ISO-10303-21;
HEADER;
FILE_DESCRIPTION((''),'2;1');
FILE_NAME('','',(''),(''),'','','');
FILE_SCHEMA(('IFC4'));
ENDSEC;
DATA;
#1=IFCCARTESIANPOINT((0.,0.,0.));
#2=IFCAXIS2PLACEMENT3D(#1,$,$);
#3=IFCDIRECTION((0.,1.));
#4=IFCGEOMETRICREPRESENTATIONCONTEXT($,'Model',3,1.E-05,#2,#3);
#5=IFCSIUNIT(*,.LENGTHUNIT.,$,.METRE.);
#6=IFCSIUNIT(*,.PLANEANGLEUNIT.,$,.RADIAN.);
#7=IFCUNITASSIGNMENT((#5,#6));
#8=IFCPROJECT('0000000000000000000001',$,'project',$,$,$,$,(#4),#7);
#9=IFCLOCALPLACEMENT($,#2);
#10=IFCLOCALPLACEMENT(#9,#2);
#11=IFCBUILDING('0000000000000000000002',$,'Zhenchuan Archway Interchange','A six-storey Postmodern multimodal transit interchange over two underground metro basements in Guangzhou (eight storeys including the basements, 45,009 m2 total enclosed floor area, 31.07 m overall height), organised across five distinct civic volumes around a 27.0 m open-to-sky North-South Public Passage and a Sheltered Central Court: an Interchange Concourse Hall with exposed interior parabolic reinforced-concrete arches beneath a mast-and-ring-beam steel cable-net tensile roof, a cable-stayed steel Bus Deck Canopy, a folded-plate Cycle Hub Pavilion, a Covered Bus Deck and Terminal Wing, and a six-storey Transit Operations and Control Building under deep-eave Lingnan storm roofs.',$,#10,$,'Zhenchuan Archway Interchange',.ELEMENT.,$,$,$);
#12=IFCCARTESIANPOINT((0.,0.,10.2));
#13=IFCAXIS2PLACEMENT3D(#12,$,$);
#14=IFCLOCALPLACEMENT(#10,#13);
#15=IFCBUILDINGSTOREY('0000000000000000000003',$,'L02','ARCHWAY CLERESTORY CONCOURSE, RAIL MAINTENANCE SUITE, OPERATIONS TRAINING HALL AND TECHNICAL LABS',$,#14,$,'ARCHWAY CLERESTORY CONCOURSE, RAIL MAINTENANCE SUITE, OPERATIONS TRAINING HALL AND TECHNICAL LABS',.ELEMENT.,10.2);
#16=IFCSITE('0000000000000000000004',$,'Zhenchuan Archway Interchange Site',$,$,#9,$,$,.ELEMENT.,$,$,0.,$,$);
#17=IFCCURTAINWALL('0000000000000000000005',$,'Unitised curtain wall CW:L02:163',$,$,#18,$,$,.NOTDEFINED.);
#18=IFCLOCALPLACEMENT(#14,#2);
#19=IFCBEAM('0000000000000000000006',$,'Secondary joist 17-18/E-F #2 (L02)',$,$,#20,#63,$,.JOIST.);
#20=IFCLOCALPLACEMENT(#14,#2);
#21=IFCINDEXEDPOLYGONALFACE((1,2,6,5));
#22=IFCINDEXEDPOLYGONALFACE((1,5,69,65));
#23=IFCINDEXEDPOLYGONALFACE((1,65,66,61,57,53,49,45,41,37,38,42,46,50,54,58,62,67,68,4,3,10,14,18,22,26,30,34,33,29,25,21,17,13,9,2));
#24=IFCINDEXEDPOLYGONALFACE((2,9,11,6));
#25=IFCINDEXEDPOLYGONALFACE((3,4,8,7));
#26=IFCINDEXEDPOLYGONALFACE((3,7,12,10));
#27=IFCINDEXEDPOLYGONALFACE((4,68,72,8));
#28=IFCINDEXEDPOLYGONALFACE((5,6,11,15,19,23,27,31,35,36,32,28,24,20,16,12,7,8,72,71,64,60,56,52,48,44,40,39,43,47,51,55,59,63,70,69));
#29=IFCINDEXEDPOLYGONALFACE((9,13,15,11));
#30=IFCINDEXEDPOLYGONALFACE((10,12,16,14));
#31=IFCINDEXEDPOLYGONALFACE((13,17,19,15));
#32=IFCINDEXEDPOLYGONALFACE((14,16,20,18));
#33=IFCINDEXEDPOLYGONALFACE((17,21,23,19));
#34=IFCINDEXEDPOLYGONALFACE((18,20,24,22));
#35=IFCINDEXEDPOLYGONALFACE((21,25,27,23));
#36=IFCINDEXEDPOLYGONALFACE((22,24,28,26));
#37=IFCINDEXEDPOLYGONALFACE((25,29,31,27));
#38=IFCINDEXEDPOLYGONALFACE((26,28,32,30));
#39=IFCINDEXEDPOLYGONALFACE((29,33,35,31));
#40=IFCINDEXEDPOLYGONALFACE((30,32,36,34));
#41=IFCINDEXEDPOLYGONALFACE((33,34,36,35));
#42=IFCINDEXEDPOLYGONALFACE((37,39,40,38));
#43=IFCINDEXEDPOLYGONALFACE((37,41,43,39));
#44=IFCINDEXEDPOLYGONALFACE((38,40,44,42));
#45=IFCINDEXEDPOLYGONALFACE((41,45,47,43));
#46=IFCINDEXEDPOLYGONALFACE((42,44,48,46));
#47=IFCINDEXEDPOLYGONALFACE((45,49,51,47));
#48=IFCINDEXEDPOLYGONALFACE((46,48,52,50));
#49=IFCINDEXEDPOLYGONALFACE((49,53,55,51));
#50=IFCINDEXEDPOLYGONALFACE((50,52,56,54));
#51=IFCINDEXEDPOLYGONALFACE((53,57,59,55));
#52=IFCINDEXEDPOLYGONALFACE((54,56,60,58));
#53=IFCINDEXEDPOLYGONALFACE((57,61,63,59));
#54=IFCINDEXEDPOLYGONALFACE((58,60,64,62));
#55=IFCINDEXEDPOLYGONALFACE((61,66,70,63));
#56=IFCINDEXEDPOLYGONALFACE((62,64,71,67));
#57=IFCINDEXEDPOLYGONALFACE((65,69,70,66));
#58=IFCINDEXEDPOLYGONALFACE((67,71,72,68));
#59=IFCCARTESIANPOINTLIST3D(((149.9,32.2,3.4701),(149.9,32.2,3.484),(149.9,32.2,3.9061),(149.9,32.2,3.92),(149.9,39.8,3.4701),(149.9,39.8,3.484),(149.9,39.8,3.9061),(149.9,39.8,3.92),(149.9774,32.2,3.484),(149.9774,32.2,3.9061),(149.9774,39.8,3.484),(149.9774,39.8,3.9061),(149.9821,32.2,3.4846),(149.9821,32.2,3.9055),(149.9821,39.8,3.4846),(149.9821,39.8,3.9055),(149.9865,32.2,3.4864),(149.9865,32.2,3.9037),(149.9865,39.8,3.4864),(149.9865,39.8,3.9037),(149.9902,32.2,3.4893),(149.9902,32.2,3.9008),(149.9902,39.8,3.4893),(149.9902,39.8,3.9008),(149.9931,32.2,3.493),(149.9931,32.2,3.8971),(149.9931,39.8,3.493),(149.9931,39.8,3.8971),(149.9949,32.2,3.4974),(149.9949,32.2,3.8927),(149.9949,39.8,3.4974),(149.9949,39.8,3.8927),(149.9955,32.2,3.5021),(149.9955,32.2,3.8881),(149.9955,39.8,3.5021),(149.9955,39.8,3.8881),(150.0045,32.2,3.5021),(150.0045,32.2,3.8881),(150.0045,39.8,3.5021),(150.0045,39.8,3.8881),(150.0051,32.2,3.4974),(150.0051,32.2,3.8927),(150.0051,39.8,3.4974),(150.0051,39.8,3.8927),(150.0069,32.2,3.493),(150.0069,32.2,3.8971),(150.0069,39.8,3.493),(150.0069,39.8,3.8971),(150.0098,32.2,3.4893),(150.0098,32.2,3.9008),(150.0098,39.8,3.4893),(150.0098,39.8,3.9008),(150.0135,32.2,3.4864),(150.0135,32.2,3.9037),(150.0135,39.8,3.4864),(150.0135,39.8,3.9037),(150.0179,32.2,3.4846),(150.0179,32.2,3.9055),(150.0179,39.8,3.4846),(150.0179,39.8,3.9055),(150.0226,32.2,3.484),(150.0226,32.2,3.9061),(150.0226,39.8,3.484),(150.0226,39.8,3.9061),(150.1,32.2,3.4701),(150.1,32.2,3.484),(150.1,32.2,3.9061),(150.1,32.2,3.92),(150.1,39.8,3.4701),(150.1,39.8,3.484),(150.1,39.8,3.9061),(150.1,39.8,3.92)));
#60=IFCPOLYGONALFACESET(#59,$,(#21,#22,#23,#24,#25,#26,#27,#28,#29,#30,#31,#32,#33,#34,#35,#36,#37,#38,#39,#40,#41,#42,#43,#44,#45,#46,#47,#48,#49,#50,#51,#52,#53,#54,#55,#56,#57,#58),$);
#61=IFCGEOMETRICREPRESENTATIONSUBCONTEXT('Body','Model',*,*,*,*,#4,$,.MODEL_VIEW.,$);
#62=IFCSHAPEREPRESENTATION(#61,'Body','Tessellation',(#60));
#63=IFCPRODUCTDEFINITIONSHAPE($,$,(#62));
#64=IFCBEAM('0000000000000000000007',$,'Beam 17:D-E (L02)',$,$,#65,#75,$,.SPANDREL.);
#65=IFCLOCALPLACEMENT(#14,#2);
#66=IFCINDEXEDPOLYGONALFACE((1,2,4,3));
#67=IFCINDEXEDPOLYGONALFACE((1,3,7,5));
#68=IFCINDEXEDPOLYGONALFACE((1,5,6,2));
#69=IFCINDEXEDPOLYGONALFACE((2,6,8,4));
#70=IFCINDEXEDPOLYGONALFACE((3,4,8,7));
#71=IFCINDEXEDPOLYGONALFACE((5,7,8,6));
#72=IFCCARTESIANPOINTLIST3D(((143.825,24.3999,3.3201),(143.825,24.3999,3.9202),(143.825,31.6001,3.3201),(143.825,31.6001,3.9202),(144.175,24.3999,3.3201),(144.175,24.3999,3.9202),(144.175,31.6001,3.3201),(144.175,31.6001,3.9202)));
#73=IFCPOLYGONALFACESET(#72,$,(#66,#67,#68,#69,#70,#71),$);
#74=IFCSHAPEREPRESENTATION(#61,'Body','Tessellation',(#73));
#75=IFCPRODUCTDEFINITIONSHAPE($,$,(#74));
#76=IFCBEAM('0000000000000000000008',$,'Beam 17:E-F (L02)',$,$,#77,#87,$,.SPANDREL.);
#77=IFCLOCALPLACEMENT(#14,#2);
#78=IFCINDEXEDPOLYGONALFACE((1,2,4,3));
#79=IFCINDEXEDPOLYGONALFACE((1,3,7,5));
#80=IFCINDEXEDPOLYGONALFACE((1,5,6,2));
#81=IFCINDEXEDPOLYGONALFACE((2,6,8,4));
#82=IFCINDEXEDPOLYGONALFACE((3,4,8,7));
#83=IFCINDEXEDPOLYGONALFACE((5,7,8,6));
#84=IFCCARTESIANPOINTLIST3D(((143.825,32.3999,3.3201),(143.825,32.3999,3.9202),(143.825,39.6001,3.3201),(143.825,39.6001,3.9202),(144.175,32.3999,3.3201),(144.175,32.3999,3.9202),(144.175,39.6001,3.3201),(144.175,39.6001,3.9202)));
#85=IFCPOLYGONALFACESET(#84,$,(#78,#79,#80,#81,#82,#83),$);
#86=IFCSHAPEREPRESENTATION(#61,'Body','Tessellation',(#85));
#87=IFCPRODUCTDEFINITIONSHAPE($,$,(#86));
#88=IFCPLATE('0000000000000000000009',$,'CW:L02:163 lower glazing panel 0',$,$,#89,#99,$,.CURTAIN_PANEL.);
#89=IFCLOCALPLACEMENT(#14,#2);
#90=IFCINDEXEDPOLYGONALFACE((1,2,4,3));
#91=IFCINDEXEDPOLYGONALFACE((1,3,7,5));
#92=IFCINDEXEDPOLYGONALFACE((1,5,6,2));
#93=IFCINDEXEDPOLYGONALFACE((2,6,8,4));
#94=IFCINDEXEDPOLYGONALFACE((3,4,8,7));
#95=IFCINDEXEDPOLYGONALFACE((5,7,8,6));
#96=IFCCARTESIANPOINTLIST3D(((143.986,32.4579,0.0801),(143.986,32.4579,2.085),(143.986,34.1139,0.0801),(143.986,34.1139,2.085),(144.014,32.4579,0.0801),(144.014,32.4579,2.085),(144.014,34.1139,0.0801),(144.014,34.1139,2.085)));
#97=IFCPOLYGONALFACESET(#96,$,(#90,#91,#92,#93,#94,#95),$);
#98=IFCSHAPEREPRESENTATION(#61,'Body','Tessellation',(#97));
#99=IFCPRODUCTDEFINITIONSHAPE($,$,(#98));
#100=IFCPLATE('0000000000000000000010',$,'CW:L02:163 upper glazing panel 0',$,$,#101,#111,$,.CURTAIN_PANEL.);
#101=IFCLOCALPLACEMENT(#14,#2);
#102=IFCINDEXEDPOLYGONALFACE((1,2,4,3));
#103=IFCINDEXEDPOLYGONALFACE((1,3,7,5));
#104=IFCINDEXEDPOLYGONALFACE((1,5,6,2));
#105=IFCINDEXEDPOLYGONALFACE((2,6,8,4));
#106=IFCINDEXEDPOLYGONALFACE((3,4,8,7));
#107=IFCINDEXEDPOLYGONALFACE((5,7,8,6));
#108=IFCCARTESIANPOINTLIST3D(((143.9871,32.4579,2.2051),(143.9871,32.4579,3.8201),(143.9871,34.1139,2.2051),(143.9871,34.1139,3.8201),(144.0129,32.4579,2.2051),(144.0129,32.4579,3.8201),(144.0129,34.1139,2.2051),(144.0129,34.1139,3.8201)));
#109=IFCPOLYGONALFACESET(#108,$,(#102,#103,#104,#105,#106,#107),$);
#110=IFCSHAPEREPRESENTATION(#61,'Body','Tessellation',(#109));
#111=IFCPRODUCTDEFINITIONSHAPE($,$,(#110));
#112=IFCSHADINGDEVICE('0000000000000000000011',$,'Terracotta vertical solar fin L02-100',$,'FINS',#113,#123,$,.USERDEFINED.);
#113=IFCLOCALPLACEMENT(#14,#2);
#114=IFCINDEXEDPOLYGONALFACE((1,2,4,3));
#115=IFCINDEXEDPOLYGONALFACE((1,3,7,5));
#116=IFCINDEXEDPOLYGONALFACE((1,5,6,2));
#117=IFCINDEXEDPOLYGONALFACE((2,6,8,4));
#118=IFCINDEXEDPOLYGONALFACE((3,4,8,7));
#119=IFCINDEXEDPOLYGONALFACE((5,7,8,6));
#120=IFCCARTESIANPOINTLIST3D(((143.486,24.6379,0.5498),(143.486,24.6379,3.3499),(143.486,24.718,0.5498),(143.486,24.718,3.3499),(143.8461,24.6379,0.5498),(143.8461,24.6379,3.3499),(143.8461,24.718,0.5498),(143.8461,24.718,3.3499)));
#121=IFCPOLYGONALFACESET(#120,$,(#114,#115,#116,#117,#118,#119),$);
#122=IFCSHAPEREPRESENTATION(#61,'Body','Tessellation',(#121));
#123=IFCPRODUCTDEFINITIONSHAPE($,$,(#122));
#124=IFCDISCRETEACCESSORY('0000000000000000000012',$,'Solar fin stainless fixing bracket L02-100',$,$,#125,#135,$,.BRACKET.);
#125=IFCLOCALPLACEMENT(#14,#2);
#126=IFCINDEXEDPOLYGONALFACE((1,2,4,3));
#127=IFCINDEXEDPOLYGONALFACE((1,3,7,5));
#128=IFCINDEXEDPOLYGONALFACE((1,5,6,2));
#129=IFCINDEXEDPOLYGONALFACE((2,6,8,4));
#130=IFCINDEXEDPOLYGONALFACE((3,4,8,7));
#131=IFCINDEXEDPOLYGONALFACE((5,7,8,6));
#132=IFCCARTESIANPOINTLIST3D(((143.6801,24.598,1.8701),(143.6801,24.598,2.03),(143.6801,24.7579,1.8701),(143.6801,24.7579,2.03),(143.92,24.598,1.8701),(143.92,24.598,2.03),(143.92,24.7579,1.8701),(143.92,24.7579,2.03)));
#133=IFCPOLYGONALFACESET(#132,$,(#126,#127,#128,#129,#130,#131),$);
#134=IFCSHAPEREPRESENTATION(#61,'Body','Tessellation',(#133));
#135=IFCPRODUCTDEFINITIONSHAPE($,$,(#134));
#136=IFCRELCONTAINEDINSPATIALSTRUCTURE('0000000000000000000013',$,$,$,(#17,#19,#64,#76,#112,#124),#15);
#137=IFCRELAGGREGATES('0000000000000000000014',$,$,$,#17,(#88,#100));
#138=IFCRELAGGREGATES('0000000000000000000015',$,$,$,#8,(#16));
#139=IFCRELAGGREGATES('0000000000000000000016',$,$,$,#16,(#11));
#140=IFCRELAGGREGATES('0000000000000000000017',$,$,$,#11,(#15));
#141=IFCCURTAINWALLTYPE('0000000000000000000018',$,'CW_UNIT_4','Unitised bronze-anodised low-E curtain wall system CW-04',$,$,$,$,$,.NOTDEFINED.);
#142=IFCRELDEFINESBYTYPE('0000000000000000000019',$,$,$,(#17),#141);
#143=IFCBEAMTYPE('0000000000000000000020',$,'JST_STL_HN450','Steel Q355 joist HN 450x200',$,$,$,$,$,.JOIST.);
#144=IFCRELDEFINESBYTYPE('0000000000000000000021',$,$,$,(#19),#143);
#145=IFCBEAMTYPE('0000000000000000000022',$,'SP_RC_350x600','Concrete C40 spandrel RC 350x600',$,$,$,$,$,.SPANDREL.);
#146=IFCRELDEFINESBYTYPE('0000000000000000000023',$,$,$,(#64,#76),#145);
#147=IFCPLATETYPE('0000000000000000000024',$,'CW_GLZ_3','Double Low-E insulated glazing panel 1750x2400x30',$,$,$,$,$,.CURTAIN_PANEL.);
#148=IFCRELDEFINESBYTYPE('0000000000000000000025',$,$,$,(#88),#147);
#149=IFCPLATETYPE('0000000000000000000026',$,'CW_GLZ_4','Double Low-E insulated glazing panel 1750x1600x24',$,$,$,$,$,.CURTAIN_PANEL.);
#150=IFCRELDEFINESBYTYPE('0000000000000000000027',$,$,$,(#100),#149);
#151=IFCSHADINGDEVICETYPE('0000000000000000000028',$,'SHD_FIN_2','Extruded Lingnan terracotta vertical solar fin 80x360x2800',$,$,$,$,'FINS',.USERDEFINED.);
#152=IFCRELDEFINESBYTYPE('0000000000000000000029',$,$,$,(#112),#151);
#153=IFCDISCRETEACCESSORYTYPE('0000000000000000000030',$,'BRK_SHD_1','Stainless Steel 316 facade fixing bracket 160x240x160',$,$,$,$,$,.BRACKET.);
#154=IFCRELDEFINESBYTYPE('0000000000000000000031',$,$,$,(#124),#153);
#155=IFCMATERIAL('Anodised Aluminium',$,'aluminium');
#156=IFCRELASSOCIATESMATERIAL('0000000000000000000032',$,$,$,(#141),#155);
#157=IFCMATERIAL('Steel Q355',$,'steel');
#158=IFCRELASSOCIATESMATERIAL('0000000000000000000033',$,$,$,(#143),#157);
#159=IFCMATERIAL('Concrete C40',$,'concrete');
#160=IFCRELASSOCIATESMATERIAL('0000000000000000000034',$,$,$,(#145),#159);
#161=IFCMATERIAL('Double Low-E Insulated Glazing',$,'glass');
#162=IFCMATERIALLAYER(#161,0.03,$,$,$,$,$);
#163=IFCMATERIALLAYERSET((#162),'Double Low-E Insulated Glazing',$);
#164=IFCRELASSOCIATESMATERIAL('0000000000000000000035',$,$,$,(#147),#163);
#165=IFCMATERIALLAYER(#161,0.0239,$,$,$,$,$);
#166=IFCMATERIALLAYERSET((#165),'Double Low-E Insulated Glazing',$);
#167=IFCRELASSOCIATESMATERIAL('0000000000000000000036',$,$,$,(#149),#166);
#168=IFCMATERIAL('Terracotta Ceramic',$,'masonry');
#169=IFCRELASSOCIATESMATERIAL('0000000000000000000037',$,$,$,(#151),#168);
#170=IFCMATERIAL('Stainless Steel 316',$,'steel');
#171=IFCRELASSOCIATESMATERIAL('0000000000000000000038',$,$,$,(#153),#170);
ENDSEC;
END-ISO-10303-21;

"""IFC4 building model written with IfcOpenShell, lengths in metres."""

from ifc_helpers import new_model, si_unit, direction, frame, origin, origin_2d, place, context, subcontext, project, spatial, rectangle, i_section, extrude, material, layer, layer_set, material_profile, profile_set, type_object, element, aggregate, save


model = new_model("IFC4")

# Units and contexts
model_context = context("Model", 3, precision=1e-05, world=origin(), true_north=direction((0.0, 1.0)))
body_context = subcontext(model_context, "Body", "Model", "MODEL_VIEW")
ifc_project = project(units=[si_unit("LENGTHUNIT", "METRE"), si_unit("PLANEANGLEUNIT", "RADIAN")], contexts=[model_context])

# Site, building, storey
site_placement = place(None, origin())
site = spatial("IfcSite", under=ifc_project, at=site_placement, Name="Zhenchuan Archway Interchange Site", CompositionType="ELEMENT", RefElevation=0.0)
building_placement = place(site_placement, origin())
building = spatial("IfcBuilding", under=site, at=building_placement, Name="Zhenchuan Archway Interchange", Description="A six-storey Postmodern multimodal transit interchange over two underground metro basements in Guangzhou (eight storeys including the basements, 45,009 m2 total enclosed floor area, 31.07 m overall height), organised across five distinct civic volumes around a 27.0 m open-to-sky North-South Public Passage and a Sheltered Central Court: an Interchange Concourse Hall with exposed interior parabolic reinforced-concrete arches beneath a mast-and-ring-beam steel cable-net tensile roof, a cable-stayed steel Bus Deck Canopy, a folded-plate Cycle Hub Pavilion, a Covered Bus Deck and Terminal Wing, and a six-storey Transit Operations and Control Building under deep-eave Lingnan storm roofs.", LongName="Zhenchuan Archway Interchange", CompositionType="ELEMENT")
storey_placement = place(building_placement, frame((0.0, 0.0, 10.2)))
storey = spatial("IfcBuildingStorey", under=building, at=storey_placement, Name="L02", Description="ARCHWAY CLERESTORY CONCOURSE, RAIL MAINTENANCE SUITE, OPERATIONS TRAINING HALL AND TECHNICAL LABS", LongName="ARCHWAY CLERESTORY CONCOURSE, RAIL MAINTENANCE SUITE, OPERATIONS TRAINING HALL AND TECHNICAL LABS", CompositionType="ELEMENT", Elevation=10.2)

# Shared definitions
ifc_material_1 = material(Name="Concrete C40", Category="concrete")

# Curtain wall
ifc_material_2 = material(Name="Anodised Aluminium", Category="aluminium")
curtain_wall_type = type_object("IfcCurtainWallType", Name="CW_UNIT_4", Description="Unitised bronze-anodised low-E curtain wall system CW-04", PredefinedType="NOTDEFINED", material=ifc_material_2)
curtain_wall_placement = place(storey_placement, origin())
curtain_wall = element("IfcCurtainWall", 1, at=curtain_wall_placement, inside=storey, type_object=curtain_wall_type, Name="Unitised curtain wall CW:L02:163", PredefinedType="NOTDEFINED")

# Beams
ifc_material_3 = material(Name="Steel Q355", Category="steel")
ifc_material_profile_1 = material_profile(ifc_material_3, i_section(OverallWidth=0.2, OverallDepth=0.45, WebThickness=0.009, FlangeThickness=0.0139, FilletRadius=0.0181, at=origin_2d()), Name="HN 450x200")
ifc_profile_set_1 = profile_set([ifc_material_profile_1], Name="Steel Q355")
beam_type_1 = type_object("IfcBeamType", Name="JST_STL_HN450", Description="Steel Q355 joist HN 450x200", PredefinedType="JOIST", material=ifc_profile_set_1)
for number, where, z_axis, x_axis, name in (
    (2, (150.0, 32.2, 3.6951), (0.0, 1.0, 0.0), (-1.0, 0.0, 0.0), "Secondary joist 17-18/E-F #2 (L02)"),
):
    element("IfcBeam", number, at=place(storey_placement, frame(where, z_axis=z_axis, x_axis=x_axis)), inside=storey, type_object=beam_type_1, Name=name, PredefinedType="JOIST", context=body_context, shape_type="SweptSolid", body=[
        extrude(i_section(OverallWidth=0.2, OverallDepth=0.45, WebThickness=0.009, FlangeThickness=0.0139, FilletRadius=0.0181, at=origin_2d()), origin(), (0.0, 0.0, 1.0), 7.6001),
    ])
ifc_material_profile_2 = material_profile(ifc_material_1, rectangle(XDim=0.3501, YDim=0.6001, at=origin_2d()), Name="RC 350x600")
ifc_profile_set_2 = profile_set([ifc_material_profile_2], Name="Concrete C40")
beam_type_2 = type_object("IfcBeamType", Name="SP_RC_350x600", Description="Concrete C40 spandrel RC 350x600", PredefinedType="SPANDREL", material=ifc_profile_set_2)
for number, where, z_axis, x_axis, name in (
    (3, (144.0, 24.3999, 3.6201), (0.0, 1.0, 0.0), (-1.0, 0.0, 0.0), "Beam 17:D-E (L02)"),
    (4, (144.0, 32.3999, 3.6201), (0.0, 1.0, 0.0), (-1.0, 0.0, 0.0), "Beam 17:E-F (L02)"),
):
    element("IfcBeam", number, at=place(storey_placement, frame(where, z_axis=z_axis, x_axis=x_axis)), inside=storey, type_object=beam_type_2, Name=name, PredefinedType="SPANDREL", context=body_context, shape_type="SweptSolid", body=[
        extrude(rectangle(XDim=0.3501, YDim=0.6001, at=origin_2d()), origin(), (0.0, 0.0, 1.0), 7.2002),
    ])

# Plates
ifc_material_4 = material(Name="Double Low-E Insulated Glazing", Category="glass")
ifc_layer_1 = layer(ifc_material_4, 0.03)
ifc_layer_set_1 = layer_set([ifc_layer_1], Name="Double Low-E Insulated Glazing")
plate_type_1 = type_object("IfcPlateType", Name="CW_GLZ_3", Description="Double Low-E insulated glazing panel 1750x2400x30", PredefinedType="CURTAIN_PANEL", material=ifc_layer_set_1)
plate_1_placement = place(storey_placement, frame((144.0, 33.2859, 0.0801), z_axis=(0.0, 0.0, 1.0), x_axis=(0.0, 1.0, 0.0)))
plate_1 = element("IfcPlate", 5, at=plate_1_placement, type_object=plate_type_1, Name="CW:L02:163 lower glazing panel 0", PredefinedType="CURTAIN_PANEL", context=body_context, shape_type="SweptSolid", body=[
    extrude(rectangle(XDim=1.656, YDim=0.0281, at=origin_2d()), origin(), (0.0, 0.0, 1.0), 2.0049),
])
ifc_layer_2 = layer(ifc_material_4, 0.0239)
ifc_layer_set_2 = layer_set([ifc_layer_2], Name="Double Low-E Insulated Glazing")
plate_type_2 = type_object("IfcPlateType", Name="CW_GLZ_4", Description="Double Low-E insulated glazing panel 1750x1600x24", PredefinedType="CURTAIN_PANEL", material=ifc_layer_set_2)
plate_2_placement = place(storey_placement, frame((144.0, 33.2859, 2.2051), z_axis=(0.0, 0.0, 1.0), x_axis=(0.0, 1.0, 0.0)))
plate_2 = element("IfcPlate", 6, at=plate_2_placement, type_object=plate_type_2, Name="CW:L02:163 upper glazing panel 0", PredefinedType="CURTAIN_PANEL", context=body_context, shape_type="SweptSolid", body=[
    extrude(rectangle(XDim=1.656, YDim=0.0259, at=origin_2d()), origin(), (0.0, 0.0, 1.0), 1.615),
])
aggregate(curtain_wall, [plate_1, plate_2])

# Shading device
ifc_material_5 = material(Name="Terracotta Ceramic", Category="masonry")
shading_device_type = type_object("IfcShadingDeviceType", Name="SHD_FIN_2", Description="Extruded Lingnan terracotta vertical solar fin 80x360x2800", ElementType="FINS", PredefinedType="USERDEFINED", material=ifc_material_5)
shading_device_placement = place(storey_placement, frame((143.666, 24.678, 0.5498), z_axis=(0.0, 0.0, 1.0), x_axis=(0.0, 1.0, 0.0)))
element("IfcShadingDevice", 7, at=shading_device_placement, inside=storey, type_object=shading_device_type, Name="Terracotta vertical solar fin L02-100", ObjectType="FINS", PredefinedType="USERDEFINED", context=body_context, shape_type="SweptSolid", body=[
    extrude(rectangle(XDim=0.0801, YDim=0.3601, at=origin_2d()), origin(), (0.0, 0.0, 1.0), 2.8),
])

# Discrete accessory
ifc_material_6 = material(Name="Stainless Steel 316", Category="steel")
discrete_accessory_type = type_object("IfcDiscreteAccessoryType", Name="BRK_SHD_1", Description="Stainless Steel 316 facade fixing bracket 160x240x160", PredefinedType="BRACKET", material=ifc_material_6)
discrete_accessory_placement = place(storey_placement, frame((143.8, 24.678, 1.8701), z_axis=(0.0, 0.0, 1.0), x_axis=(0.0, 1.0, 0.0)))
element("IfcDiscreteAccessory", 8, at=discrete_accessory_placement, inside=storey, type_object=discrete_accessory_type, Name="Solar fin stainless fixing bracket L02-100", PredefinedType="BRACKET", context=body_context, shape_type="SweptSolid", body=[
    extrude(rectangle(XDim=0.1599, YDim=0.24, at=origin_2d()), origin(), (0.0, 0.0, 1.0), 0.1599),
])

save(model, "model.ifc")
